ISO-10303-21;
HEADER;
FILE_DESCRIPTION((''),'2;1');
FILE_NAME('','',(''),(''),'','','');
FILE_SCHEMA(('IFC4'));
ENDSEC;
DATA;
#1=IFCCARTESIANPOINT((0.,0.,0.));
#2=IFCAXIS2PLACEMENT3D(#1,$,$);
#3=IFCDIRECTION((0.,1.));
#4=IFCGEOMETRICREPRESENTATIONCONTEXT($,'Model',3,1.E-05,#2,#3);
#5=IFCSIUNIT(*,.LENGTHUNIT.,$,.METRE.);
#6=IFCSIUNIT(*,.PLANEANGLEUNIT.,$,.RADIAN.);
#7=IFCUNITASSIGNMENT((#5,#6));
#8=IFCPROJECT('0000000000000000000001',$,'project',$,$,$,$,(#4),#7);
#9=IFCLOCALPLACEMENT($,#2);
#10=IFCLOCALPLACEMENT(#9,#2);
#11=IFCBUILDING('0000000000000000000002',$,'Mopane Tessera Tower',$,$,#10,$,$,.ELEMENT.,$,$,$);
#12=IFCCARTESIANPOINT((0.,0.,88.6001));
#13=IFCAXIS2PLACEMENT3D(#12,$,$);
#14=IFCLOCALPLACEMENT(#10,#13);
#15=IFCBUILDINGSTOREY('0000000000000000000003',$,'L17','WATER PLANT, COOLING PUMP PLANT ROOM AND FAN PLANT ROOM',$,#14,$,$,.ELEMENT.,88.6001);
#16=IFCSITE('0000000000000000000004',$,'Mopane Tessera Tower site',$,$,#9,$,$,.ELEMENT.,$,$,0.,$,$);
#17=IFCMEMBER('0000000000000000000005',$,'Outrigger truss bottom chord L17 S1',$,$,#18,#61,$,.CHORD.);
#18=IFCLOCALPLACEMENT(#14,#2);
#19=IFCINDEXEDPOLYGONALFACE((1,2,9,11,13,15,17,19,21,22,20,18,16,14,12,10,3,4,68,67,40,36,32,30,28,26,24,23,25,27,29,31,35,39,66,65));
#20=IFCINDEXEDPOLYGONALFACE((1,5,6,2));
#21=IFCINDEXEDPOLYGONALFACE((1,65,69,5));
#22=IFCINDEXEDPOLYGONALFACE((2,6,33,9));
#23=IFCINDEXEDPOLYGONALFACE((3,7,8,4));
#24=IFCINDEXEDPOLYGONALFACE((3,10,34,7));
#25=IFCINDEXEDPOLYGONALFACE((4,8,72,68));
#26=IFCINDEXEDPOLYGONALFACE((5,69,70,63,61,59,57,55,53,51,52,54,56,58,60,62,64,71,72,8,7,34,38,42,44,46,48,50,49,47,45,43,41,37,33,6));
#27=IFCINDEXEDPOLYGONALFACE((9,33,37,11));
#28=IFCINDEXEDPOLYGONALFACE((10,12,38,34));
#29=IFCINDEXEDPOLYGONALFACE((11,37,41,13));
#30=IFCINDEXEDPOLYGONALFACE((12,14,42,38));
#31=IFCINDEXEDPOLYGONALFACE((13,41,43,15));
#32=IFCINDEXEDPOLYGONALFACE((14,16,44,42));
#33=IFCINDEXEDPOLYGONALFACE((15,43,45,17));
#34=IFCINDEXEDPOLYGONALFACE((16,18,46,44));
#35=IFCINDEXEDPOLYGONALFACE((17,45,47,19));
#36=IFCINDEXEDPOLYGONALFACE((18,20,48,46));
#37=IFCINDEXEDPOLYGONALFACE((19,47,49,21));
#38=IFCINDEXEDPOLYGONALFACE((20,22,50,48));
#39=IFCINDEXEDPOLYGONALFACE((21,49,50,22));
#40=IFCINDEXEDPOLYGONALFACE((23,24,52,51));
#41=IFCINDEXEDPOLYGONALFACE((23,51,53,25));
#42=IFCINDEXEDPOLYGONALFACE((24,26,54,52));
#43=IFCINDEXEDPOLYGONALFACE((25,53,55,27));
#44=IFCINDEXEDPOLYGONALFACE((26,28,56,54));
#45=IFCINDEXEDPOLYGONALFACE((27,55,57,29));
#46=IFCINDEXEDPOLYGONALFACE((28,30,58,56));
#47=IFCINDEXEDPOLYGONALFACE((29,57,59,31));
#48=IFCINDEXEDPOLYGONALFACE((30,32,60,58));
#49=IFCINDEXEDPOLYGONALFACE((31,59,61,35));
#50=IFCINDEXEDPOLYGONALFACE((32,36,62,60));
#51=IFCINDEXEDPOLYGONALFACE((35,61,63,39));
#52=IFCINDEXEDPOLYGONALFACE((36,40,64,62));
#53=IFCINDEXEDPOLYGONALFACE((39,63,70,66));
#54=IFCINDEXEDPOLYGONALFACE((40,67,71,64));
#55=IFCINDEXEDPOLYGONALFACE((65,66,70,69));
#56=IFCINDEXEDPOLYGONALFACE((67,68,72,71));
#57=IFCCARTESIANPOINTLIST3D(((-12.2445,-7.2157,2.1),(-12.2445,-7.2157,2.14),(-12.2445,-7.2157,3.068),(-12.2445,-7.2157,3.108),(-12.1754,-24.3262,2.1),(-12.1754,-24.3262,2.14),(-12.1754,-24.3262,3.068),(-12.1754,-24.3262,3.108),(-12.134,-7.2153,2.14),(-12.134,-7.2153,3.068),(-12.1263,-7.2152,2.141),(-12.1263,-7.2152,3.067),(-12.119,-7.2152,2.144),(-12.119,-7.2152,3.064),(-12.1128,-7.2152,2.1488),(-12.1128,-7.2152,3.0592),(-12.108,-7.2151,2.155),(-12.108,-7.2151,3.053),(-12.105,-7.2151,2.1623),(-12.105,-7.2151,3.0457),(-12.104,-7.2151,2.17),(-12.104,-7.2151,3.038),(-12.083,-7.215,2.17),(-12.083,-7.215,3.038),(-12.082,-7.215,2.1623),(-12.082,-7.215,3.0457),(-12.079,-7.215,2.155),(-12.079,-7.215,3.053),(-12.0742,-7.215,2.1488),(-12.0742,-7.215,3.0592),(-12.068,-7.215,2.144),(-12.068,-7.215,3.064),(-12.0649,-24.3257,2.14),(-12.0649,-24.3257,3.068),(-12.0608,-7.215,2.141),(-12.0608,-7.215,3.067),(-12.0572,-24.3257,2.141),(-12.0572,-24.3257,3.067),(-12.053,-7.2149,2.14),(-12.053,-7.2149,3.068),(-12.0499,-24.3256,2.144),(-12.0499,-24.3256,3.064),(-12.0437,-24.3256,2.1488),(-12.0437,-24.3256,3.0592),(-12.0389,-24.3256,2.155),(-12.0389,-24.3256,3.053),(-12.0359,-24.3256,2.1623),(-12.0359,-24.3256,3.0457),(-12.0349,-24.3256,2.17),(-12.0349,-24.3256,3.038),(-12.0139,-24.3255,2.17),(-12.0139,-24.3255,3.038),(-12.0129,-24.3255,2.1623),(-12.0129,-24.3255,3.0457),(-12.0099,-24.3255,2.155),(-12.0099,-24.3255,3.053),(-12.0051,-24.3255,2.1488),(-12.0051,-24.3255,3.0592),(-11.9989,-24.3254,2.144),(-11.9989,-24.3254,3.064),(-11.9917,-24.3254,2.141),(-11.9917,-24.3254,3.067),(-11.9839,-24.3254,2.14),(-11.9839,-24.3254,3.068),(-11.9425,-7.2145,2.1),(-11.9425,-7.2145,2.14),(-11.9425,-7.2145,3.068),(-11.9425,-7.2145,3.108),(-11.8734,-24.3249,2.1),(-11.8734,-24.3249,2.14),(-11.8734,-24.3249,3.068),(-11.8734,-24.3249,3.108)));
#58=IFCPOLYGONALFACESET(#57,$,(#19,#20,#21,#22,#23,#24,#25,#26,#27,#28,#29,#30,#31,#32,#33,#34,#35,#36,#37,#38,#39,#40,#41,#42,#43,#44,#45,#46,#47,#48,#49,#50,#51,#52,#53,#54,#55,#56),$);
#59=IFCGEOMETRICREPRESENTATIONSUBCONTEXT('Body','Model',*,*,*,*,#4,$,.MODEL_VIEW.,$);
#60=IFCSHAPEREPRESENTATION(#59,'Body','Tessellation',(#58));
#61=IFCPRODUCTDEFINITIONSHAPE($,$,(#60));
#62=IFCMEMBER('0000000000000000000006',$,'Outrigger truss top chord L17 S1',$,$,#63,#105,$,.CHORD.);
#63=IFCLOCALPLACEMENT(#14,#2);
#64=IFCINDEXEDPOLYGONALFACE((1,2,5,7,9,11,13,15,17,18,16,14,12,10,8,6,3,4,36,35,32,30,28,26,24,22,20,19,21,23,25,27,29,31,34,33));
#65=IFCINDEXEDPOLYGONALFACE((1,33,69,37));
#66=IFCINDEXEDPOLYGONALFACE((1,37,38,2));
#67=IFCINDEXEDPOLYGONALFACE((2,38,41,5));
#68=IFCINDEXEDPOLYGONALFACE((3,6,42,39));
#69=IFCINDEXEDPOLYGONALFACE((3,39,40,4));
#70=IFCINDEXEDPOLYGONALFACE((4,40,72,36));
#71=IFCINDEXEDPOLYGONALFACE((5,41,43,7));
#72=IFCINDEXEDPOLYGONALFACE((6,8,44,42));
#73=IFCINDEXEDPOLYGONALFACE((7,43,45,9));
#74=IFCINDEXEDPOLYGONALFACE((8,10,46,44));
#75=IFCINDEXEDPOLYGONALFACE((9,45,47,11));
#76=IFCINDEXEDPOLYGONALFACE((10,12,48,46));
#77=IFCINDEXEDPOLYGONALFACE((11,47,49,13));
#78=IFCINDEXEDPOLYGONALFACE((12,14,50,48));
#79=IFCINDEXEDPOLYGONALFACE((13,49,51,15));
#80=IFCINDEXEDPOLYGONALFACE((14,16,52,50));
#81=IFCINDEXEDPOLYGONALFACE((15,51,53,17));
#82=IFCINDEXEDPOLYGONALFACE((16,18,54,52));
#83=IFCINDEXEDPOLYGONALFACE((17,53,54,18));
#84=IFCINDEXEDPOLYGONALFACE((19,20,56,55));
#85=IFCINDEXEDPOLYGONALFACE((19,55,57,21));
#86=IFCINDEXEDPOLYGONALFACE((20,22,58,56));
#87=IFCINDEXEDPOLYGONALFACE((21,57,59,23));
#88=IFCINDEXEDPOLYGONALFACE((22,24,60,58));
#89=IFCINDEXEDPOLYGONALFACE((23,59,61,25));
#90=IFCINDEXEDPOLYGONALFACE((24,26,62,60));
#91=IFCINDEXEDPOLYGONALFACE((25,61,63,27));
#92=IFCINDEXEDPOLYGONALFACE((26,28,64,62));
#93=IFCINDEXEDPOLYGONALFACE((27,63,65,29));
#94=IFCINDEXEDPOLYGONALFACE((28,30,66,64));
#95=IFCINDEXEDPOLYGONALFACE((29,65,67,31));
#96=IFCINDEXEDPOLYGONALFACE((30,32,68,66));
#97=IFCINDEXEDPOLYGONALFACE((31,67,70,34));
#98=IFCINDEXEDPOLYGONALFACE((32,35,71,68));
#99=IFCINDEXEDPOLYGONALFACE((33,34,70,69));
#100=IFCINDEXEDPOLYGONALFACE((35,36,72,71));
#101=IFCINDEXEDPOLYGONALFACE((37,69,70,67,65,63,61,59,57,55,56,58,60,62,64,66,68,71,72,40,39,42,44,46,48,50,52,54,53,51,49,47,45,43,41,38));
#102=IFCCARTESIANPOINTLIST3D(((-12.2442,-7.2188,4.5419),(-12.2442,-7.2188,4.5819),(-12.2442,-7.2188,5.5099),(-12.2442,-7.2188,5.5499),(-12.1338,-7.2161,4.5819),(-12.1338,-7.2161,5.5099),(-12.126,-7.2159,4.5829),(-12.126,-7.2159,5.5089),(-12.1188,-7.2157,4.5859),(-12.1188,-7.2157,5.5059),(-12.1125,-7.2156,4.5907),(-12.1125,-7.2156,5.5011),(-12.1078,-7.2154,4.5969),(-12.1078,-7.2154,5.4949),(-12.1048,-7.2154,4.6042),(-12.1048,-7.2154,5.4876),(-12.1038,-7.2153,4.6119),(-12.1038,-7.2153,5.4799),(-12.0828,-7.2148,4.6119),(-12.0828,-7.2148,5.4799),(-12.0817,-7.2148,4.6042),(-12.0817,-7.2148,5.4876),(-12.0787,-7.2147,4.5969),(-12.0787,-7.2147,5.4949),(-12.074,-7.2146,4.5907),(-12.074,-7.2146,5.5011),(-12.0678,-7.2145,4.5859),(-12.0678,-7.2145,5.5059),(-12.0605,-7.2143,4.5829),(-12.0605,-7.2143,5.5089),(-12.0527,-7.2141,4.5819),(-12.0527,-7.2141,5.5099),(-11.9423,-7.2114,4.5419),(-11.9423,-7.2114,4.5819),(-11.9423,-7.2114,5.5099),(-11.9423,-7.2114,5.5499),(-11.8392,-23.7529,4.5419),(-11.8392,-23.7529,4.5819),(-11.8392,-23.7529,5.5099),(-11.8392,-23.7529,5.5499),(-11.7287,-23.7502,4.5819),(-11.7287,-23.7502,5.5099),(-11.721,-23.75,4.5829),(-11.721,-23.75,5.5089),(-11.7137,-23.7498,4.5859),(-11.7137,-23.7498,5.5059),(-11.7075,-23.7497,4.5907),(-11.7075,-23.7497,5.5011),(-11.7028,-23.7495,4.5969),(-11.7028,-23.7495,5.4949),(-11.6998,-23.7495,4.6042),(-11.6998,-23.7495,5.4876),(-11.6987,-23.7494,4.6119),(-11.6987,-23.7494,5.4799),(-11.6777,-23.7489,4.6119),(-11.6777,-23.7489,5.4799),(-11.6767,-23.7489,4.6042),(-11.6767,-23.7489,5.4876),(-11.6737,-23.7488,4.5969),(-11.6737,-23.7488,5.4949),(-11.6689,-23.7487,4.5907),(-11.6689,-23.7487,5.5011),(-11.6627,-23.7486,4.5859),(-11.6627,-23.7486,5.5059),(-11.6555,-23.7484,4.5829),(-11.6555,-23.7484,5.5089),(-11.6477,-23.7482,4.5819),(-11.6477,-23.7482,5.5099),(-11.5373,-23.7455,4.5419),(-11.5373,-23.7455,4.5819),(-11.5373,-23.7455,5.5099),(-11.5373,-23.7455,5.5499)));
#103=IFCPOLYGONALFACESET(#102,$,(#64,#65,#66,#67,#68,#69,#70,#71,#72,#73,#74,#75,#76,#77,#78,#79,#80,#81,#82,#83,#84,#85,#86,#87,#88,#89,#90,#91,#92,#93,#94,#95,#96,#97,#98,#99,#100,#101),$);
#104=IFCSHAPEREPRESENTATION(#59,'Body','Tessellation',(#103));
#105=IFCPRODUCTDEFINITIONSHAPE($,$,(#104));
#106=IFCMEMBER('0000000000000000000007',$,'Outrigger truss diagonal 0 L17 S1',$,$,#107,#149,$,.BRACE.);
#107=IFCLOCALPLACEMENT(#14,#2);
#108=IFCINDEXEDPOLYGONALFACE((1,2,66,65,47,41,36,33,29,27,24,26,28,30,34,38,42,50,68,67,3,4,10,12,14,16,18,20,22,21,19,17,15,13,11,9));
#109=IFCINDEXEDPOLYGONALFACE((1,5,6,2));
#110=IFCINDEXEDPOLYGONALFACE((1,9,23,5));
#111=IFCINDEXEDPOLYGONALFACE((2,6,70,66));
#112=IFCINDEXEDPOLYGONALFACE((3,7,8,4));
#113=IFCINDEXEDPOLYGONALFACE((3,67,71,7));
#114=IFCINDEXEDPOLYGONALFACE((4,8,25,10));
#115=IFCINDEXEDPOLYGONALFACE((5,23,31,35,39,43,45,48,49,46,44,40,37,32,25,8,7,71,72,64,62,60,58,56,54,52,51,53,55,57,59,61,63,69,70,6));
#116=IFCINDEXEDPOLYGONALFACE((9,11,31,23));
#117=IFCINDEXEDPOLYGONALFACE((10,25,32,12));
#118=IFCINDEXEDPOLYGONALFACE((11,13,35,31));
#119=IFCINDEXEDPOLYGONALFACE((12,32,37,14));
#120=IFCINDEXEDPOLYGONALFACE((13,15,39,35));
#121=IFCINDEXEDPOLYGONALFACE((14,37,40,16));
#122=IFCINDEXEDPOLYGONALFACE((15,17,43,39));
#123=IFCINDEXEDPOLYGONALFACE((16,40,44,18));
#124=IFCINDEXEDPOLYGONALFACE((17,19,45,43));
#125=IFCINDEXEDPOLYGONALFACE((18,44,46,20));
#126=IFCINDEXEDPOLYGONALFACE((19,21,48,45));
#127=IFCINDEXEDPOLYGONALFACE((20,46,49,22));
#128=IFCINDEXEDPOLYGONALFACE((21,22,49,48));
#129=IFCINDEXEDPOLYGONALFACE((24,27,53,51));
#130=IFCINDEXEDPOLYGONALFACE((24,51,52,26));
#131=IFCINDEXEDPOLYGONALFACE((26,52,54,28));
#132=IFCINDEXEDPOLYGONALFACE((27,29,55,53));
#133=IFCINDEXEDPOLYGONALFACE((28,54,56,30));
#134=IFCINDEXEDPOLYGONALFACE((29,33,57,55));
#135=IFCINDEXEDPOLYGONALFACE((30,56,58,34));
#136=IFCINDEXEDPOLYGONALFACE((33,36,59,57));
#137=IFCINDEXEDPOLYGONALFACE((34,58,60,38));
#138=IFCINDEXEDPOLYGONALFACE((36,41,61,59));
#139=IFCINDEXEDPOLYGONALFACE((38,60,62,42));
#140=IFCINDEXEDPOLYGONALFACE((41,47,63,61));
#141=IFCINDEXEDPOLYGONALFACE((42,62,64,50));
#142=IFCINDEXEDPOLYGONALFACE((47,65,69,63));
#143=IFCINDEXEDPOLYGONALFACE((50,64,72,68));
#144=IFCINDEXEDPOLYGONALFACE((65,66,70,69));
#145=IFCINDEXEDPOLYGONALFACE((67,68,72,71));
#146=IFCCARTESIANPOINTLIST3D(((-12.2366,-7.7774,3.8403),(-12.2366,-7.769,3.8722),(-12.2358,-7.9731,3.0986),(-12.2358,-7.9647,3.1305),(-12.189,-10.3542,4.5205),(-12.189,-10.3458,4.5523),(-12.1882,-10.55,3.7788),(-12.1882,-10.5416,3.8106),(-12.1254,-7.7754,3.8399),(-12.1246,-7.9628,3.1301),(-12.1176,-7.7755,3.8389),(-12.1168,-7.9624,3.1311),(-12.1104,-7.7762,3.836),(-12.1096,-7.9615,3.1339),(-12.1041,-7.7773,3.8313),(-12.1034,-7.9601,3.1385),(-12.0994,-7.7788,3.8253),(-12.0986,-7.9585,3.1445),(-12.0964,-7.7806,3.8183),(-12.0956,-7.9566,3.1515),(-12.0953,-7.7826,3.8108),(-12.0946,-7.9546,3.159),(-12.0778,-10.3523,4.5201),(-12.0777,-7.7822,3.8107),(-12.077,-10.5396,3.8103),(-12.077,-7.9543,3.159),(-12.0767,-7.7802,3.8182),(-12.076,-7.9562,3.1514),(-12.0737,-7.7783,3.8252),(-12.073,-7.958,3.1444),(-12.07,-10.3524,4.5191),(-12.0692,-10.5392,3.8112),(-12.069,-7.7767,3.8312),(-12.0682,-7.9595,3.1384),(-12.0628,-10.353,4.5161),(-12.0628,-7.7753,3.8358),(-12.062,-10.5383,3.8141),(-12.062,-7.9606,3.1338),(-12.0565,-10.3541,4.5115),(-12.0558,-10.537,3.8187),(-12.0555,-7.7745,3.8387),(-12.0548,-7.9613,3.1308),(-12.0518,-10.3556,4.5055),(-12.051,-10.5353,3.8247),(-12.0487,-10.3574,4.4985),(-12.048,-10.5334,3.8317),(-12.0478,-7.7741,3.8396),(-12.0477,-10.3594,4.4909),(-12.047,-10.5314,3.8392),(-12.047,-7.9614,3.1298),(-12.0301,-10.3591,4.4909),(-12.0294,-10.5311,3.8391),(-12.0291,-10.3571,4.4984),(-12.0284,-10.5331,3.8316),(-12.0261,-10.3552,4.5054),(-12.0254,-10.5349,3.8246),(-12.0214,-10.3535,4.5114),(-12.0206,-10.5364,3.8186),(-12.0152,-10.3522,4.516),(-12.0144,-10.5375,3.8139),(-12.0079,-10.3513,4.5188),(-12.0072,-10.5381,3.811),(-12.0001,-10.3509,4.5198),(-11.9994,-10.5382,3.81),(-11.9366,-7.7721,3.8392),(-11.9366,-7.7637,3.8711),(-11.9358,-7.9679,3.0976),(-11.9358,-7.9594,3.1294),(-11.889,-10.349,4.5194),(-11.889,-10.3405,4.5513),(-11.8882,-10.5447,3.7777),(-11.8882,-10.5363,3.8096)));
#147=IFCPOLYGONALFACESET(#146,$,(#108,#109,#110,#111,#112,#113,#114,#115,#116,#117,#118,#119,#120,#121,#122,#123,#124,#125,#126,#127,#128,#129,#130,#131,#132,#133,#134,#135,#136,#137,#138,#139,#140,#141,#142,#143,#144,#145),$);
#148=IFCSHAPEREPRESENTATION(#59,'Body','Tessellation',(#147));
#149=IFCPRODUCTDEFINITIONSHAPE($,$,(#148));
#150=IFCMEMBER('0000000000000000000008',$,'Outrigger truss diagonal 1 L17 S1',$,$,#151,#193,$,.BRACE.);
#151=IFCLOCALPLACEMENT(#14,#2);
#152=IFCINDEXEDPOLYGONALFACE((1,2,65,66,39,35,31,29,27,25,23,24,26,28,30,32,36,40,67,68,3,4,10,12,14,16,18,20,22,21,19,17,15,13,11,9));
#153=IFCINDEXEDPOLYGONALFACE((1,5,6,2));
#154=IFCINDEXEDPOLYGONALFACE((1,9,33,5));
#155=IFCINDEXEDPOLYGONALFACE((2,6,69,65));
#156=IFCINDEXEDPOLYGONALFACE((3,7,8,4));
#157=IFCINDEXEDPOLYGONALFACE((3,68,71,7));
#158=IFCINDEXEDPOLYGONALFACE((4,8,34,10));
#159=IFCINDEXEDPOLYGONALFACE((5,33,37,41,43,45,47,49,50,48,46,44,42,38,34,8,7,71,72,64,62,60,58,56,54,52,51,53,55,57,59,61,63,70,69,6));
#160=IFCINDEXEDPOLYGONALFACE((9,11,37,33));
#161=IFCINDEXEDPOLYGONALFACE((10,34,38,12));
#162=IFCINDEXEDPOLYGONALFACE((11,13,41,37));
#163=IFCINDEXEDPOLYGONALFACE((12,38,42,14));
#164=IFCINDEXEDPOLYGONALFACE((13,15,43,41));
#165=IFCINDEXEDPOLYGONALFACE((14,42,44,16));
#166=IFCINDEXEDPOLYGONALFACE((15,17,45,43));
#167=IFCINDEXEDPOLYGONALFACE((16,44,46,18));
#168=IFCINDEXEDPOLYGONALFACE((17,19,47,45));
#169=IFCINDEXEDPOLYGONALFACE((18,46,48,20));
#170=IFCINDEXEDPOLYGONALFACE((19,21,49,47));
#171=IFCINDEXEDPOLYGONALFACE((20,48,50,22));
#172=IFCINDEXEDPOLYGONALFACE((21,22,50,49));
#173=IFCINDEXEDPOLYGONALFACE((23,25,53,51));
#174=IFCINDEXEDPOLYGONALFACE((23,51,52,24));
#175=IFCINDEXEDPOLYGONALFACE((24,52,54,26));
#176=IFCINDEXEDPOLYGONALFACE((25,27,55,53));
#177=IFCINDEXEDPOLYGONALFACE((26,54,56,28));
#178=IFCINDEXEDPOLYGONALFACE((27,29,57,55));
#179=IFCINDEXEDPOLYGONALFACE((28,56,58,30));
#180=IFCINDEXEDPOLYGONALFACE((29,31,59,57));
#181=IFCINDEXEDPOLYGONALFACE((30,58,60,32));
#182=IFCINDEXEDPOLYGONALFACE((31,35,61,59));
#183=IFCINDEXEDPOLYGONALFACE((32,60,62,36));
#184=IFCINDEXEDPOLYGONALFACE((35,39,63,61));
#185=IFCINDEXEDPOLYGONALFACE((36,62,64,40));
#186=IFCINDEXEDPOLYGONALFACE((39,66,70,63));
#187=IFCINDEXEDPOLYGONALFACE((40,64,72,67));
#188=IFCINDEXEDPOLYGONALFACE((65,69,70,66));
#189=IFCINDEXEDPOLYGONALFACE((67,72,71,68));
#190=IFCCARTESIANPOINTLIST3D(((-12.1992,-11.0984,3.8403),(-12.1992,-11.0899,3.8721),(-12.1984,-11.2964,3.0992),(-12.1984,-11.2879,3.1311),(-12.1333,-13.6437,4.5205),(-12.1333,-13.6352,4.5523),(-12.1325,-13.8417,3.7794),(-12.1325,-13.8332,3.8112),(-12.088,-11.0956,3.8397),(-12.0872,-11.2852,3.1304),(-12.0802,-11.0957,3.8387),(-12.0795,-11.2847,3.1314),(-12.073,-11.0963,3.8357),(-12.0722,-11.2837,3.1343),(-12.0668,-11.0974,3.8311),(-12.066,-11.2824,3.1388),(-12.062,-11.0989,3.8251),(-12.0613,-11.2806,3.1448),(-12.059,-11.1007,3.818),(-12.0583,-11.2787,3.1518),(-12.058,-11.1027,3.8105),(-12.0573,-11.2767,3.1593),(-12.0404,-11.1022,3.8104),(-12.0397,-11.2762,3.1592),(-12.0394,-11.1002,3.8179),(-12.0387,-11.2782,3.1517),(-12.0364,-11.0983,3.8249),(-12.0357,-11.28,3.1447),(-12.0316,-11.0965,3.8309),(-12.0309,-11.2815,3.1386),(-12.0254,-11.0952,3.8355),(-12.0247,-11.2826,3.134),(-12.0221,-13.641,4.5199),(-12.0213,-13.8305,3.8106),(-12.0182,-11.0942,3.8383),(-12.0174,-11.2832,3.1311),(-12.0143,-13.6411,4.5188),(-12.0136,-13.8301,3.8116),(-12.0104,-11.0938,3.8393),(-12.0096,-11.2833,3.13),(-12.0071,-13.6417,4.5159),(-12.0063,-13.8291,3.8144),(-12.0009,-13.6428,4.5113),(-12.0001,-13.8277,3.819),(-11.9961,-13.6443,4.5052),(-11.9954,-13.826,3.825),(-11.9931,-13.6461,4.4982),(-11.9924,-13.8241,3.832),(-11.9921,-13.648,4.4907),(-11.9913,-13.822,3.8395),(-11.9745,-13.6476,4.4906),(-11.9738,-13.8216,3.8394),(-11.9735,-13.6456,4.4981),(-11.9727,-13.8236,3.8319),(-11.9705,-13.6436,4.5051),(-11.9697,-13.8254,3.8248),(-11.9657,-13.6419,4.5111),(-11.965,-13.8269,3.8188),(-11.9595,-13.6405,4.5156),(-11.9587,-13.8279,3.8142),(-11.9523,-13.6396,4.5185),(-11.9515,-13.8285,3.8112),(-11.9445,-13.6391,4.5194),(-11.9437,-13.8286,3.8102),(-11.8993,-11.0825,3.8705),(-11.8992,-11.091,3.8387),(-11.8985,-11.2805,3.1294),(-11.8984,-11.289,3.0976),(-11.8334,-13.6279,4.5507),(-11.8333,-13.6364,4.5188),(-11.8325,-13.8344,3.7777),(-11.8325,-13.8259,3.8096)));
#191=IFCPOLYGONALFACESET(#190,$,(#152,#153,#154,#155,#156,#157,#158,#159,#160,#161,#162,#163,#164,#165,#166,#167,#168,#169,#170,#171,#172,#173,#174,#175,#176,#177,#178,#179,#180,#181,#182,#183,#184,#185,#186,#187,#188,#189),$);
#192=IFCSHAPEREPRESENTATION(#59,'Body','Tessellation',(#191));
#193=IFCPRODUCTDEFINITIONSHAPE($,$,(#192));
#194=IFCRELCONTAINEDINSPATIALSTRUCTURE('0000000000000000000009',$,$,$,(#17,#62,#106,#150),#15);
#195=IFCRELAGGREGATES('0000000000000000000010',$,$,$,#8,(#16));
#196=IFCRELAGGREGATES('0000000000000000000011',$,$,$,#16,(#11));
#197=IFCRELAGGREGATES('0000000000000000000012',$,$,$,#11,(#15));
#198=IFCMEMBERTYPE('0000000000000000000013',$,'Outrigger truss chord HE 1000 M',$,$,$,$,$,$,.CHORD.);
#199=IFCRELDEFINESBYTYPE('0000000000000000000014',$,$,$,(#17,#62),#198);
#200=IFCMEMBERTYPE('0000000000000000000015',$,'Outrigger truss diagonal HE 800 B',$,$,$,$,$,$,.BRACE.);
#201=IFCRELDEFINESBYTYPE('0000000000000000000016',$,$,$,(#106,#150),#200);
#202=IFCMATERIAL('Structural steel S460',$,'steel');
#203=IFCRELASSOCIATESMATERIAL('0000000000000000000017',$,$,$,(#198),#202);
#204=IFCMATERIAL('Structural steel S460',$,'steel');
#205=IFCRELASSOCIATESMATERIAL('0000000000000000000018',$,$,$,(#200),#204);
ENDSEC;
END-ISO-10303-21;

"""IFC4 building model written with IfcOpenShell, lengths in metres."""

from ifc_helpers import new_model, si_unit, direction, frame, origin, origin_2d, place, context, subcontext, project, spatial, i_section, extrude, material, material_profile, profile_set, type_object, element, save


model = new_model("IFC4")

# Units and contexts
model_context = context("Model", 3, precision=1e-05, world=origin(), true_north=direction((0.0, 1.0)))
body_context = subcontext(model_context, "Body", "Model", "MODEL_VIEW")
ifc_project = project(units=[si_unit("LENGTHUNIT", "METRE"), si_unit("PLANEANGLEUNIT", "RADIAN")], contexts=[model_context])

# Site, building, storey
site_placement = place(None, origin())
site = spatial("IfcSite", under=ifc_project, at=site_placement, Name="Mopane Tessera Tower site", CompositionType="ELEMENT", RefElevation=0.0)
building_placement = place(site_placement, origin())
building = spatial("IfcBuilding", under=site, at=building_placement, Name="Mopane Tessera Tower", CompositionType="ELEMENT")
storey_placement = place(building_placement, frame((0.0, 0.0, 88.6001)))
storey = spatial("IfcBuildingStorey", under=building, at=storey_placement, Name="L17", Description="WATER PLANT, COOLING PUMP PLANT ROOM AND FAN PLANT ROOM", CompositionType="ELEMENT", Elevation=88.6001)

# Members
ifc_material_1 = material(Name="Structural steel S460", Category="steel")
ifc_material_profile_1 = material_profile(ifc_material_1, i_section(OverallWidth=0.302, OverallDepth=1.0081, WebThickness=0.021, FlangeThickness=0.04, FilletRadius=0.03, at=origin_2d()))
ifc_profile_set_1 = profile_set([ifc_material_profile_1], Name="Structural steel S460")
member_type_1 = type_object("IfcMemberType", Name="Outrigger truss chord HE 1000 M", PredefinedType="CHORD", material=ifc_profile_set_1)
member_1_placement = place(storey_placement, frame((-12.0935, -7.2151, 2.604), z_axis=(0.004038, -0.999992, 0.0), x_axis=(0.999992, 0.004038, 0.0)))
element("IfcMember", 1, at=member_1_placement, inside=storey, type_object=member_type_1, Name="Outrigger truss bottom chord L17 S1", PredefinedType="CHORD", context=body_context, shape_type="SweptSolid", body=[
    extrude(i_section(OverallWidth=0.302, OverallDepth=1.0081, WebThickness=0.021, FlangeThickness=0.04, FilletRadius=0.03, at=origin_2d()), origin(), (0.0, 0.0, 1.0), 17.1106),
])
member_2_placement = place(storey_placement, frame((-12.0933, -7.2151, 5.0459), z_axis=(0.024489, -0.9997, 0.0), x_axis=(0.9997, 0.024489, 0.0)))
element("IfcMember", 2, at=member_2_placement, inside=storey, type_object=member_type_1, Name="Outrigger truss top chord L17 S1", PredefinedType="CHORD", context=body_context, shape_type="SweptSolid", body=[
    extrude(i_section(OverallWidth=0.302, OverallDepth=1.0081, WebThickness=0.021, FlangeThickness=0.04, FilletRadius=0.03, at=origin_2d()), origin(), (0.0, 0.0, 1.0), 16.5391),
])
ifc_material_2 = material(Name="Structural steel S460", Category="steel")
ifc_material_profile_2 = material_profile(ifc_material_2, i_section(OverallWidth=0.3, OverallDepth=0.8, WebThickness=0.0176, FlangeThickness=0.033, FilletRadius=0.03, at=origin_2d()))
ifc_profile_set_2 = profile_set([ifc_material_profile_2], Name="Structural steel S460")
member_type_2 = type_object("IfcMemberType", Name="Outrigger truss diagonal HE 800 B", PredefinedType="BRACE", material=ifc_profile_set_2)
member_3_placement = place(storey_placement, frame((-12.0862, -7.8684, 3.4849), z_axis=(0.01786, -0.966731, 0.255169), x_axis=(0.99984, 0.017535, -0.003549)))
element("IfcMember", 3, at=member_3_placement, inside=storey, type_object=member_type_2, Name="Outrigger truss diagonal 0 L17 S1", PredefinedType="BRACE", context=body_context, shape_type="SweptSolid", body=[
    extrude(i_section(OverallWidth=0.3, OverallDepth=0.8, WebThickness=0.0176, FlangeThickness=0.033, FilletRadius=0.03, at=origin_2d()), origin(), (0.0, 0.0, 1.0), 2.6655),
])
member_4_placement = place(storey_placement, frame((-12.0488, -11.1895, 3.4849), z_axis=(0.025011, -0.9658, 0.258078), x_axis=(0.999687, 0.024434, -0.005443)))
element("IfcMember", 4, at=member_4_placement, inside=storey, type_object=member_type_2, Name="Outrigger truss diagonal 1 L17 S1", PredefinedType="BRACE", context=body_context, shape_type="SweptSolid", body=[
    extrude(i_section(OverallWidth=0.3, OverallDepth=0.8, WebThickness=0.0176, FlangeThickness=0.033, FilletRadius=0.03, at=origin_2d()), origin(), (0.0, 0.0, 1.0), 2.6355),
])

save(model, "model.ifc")
